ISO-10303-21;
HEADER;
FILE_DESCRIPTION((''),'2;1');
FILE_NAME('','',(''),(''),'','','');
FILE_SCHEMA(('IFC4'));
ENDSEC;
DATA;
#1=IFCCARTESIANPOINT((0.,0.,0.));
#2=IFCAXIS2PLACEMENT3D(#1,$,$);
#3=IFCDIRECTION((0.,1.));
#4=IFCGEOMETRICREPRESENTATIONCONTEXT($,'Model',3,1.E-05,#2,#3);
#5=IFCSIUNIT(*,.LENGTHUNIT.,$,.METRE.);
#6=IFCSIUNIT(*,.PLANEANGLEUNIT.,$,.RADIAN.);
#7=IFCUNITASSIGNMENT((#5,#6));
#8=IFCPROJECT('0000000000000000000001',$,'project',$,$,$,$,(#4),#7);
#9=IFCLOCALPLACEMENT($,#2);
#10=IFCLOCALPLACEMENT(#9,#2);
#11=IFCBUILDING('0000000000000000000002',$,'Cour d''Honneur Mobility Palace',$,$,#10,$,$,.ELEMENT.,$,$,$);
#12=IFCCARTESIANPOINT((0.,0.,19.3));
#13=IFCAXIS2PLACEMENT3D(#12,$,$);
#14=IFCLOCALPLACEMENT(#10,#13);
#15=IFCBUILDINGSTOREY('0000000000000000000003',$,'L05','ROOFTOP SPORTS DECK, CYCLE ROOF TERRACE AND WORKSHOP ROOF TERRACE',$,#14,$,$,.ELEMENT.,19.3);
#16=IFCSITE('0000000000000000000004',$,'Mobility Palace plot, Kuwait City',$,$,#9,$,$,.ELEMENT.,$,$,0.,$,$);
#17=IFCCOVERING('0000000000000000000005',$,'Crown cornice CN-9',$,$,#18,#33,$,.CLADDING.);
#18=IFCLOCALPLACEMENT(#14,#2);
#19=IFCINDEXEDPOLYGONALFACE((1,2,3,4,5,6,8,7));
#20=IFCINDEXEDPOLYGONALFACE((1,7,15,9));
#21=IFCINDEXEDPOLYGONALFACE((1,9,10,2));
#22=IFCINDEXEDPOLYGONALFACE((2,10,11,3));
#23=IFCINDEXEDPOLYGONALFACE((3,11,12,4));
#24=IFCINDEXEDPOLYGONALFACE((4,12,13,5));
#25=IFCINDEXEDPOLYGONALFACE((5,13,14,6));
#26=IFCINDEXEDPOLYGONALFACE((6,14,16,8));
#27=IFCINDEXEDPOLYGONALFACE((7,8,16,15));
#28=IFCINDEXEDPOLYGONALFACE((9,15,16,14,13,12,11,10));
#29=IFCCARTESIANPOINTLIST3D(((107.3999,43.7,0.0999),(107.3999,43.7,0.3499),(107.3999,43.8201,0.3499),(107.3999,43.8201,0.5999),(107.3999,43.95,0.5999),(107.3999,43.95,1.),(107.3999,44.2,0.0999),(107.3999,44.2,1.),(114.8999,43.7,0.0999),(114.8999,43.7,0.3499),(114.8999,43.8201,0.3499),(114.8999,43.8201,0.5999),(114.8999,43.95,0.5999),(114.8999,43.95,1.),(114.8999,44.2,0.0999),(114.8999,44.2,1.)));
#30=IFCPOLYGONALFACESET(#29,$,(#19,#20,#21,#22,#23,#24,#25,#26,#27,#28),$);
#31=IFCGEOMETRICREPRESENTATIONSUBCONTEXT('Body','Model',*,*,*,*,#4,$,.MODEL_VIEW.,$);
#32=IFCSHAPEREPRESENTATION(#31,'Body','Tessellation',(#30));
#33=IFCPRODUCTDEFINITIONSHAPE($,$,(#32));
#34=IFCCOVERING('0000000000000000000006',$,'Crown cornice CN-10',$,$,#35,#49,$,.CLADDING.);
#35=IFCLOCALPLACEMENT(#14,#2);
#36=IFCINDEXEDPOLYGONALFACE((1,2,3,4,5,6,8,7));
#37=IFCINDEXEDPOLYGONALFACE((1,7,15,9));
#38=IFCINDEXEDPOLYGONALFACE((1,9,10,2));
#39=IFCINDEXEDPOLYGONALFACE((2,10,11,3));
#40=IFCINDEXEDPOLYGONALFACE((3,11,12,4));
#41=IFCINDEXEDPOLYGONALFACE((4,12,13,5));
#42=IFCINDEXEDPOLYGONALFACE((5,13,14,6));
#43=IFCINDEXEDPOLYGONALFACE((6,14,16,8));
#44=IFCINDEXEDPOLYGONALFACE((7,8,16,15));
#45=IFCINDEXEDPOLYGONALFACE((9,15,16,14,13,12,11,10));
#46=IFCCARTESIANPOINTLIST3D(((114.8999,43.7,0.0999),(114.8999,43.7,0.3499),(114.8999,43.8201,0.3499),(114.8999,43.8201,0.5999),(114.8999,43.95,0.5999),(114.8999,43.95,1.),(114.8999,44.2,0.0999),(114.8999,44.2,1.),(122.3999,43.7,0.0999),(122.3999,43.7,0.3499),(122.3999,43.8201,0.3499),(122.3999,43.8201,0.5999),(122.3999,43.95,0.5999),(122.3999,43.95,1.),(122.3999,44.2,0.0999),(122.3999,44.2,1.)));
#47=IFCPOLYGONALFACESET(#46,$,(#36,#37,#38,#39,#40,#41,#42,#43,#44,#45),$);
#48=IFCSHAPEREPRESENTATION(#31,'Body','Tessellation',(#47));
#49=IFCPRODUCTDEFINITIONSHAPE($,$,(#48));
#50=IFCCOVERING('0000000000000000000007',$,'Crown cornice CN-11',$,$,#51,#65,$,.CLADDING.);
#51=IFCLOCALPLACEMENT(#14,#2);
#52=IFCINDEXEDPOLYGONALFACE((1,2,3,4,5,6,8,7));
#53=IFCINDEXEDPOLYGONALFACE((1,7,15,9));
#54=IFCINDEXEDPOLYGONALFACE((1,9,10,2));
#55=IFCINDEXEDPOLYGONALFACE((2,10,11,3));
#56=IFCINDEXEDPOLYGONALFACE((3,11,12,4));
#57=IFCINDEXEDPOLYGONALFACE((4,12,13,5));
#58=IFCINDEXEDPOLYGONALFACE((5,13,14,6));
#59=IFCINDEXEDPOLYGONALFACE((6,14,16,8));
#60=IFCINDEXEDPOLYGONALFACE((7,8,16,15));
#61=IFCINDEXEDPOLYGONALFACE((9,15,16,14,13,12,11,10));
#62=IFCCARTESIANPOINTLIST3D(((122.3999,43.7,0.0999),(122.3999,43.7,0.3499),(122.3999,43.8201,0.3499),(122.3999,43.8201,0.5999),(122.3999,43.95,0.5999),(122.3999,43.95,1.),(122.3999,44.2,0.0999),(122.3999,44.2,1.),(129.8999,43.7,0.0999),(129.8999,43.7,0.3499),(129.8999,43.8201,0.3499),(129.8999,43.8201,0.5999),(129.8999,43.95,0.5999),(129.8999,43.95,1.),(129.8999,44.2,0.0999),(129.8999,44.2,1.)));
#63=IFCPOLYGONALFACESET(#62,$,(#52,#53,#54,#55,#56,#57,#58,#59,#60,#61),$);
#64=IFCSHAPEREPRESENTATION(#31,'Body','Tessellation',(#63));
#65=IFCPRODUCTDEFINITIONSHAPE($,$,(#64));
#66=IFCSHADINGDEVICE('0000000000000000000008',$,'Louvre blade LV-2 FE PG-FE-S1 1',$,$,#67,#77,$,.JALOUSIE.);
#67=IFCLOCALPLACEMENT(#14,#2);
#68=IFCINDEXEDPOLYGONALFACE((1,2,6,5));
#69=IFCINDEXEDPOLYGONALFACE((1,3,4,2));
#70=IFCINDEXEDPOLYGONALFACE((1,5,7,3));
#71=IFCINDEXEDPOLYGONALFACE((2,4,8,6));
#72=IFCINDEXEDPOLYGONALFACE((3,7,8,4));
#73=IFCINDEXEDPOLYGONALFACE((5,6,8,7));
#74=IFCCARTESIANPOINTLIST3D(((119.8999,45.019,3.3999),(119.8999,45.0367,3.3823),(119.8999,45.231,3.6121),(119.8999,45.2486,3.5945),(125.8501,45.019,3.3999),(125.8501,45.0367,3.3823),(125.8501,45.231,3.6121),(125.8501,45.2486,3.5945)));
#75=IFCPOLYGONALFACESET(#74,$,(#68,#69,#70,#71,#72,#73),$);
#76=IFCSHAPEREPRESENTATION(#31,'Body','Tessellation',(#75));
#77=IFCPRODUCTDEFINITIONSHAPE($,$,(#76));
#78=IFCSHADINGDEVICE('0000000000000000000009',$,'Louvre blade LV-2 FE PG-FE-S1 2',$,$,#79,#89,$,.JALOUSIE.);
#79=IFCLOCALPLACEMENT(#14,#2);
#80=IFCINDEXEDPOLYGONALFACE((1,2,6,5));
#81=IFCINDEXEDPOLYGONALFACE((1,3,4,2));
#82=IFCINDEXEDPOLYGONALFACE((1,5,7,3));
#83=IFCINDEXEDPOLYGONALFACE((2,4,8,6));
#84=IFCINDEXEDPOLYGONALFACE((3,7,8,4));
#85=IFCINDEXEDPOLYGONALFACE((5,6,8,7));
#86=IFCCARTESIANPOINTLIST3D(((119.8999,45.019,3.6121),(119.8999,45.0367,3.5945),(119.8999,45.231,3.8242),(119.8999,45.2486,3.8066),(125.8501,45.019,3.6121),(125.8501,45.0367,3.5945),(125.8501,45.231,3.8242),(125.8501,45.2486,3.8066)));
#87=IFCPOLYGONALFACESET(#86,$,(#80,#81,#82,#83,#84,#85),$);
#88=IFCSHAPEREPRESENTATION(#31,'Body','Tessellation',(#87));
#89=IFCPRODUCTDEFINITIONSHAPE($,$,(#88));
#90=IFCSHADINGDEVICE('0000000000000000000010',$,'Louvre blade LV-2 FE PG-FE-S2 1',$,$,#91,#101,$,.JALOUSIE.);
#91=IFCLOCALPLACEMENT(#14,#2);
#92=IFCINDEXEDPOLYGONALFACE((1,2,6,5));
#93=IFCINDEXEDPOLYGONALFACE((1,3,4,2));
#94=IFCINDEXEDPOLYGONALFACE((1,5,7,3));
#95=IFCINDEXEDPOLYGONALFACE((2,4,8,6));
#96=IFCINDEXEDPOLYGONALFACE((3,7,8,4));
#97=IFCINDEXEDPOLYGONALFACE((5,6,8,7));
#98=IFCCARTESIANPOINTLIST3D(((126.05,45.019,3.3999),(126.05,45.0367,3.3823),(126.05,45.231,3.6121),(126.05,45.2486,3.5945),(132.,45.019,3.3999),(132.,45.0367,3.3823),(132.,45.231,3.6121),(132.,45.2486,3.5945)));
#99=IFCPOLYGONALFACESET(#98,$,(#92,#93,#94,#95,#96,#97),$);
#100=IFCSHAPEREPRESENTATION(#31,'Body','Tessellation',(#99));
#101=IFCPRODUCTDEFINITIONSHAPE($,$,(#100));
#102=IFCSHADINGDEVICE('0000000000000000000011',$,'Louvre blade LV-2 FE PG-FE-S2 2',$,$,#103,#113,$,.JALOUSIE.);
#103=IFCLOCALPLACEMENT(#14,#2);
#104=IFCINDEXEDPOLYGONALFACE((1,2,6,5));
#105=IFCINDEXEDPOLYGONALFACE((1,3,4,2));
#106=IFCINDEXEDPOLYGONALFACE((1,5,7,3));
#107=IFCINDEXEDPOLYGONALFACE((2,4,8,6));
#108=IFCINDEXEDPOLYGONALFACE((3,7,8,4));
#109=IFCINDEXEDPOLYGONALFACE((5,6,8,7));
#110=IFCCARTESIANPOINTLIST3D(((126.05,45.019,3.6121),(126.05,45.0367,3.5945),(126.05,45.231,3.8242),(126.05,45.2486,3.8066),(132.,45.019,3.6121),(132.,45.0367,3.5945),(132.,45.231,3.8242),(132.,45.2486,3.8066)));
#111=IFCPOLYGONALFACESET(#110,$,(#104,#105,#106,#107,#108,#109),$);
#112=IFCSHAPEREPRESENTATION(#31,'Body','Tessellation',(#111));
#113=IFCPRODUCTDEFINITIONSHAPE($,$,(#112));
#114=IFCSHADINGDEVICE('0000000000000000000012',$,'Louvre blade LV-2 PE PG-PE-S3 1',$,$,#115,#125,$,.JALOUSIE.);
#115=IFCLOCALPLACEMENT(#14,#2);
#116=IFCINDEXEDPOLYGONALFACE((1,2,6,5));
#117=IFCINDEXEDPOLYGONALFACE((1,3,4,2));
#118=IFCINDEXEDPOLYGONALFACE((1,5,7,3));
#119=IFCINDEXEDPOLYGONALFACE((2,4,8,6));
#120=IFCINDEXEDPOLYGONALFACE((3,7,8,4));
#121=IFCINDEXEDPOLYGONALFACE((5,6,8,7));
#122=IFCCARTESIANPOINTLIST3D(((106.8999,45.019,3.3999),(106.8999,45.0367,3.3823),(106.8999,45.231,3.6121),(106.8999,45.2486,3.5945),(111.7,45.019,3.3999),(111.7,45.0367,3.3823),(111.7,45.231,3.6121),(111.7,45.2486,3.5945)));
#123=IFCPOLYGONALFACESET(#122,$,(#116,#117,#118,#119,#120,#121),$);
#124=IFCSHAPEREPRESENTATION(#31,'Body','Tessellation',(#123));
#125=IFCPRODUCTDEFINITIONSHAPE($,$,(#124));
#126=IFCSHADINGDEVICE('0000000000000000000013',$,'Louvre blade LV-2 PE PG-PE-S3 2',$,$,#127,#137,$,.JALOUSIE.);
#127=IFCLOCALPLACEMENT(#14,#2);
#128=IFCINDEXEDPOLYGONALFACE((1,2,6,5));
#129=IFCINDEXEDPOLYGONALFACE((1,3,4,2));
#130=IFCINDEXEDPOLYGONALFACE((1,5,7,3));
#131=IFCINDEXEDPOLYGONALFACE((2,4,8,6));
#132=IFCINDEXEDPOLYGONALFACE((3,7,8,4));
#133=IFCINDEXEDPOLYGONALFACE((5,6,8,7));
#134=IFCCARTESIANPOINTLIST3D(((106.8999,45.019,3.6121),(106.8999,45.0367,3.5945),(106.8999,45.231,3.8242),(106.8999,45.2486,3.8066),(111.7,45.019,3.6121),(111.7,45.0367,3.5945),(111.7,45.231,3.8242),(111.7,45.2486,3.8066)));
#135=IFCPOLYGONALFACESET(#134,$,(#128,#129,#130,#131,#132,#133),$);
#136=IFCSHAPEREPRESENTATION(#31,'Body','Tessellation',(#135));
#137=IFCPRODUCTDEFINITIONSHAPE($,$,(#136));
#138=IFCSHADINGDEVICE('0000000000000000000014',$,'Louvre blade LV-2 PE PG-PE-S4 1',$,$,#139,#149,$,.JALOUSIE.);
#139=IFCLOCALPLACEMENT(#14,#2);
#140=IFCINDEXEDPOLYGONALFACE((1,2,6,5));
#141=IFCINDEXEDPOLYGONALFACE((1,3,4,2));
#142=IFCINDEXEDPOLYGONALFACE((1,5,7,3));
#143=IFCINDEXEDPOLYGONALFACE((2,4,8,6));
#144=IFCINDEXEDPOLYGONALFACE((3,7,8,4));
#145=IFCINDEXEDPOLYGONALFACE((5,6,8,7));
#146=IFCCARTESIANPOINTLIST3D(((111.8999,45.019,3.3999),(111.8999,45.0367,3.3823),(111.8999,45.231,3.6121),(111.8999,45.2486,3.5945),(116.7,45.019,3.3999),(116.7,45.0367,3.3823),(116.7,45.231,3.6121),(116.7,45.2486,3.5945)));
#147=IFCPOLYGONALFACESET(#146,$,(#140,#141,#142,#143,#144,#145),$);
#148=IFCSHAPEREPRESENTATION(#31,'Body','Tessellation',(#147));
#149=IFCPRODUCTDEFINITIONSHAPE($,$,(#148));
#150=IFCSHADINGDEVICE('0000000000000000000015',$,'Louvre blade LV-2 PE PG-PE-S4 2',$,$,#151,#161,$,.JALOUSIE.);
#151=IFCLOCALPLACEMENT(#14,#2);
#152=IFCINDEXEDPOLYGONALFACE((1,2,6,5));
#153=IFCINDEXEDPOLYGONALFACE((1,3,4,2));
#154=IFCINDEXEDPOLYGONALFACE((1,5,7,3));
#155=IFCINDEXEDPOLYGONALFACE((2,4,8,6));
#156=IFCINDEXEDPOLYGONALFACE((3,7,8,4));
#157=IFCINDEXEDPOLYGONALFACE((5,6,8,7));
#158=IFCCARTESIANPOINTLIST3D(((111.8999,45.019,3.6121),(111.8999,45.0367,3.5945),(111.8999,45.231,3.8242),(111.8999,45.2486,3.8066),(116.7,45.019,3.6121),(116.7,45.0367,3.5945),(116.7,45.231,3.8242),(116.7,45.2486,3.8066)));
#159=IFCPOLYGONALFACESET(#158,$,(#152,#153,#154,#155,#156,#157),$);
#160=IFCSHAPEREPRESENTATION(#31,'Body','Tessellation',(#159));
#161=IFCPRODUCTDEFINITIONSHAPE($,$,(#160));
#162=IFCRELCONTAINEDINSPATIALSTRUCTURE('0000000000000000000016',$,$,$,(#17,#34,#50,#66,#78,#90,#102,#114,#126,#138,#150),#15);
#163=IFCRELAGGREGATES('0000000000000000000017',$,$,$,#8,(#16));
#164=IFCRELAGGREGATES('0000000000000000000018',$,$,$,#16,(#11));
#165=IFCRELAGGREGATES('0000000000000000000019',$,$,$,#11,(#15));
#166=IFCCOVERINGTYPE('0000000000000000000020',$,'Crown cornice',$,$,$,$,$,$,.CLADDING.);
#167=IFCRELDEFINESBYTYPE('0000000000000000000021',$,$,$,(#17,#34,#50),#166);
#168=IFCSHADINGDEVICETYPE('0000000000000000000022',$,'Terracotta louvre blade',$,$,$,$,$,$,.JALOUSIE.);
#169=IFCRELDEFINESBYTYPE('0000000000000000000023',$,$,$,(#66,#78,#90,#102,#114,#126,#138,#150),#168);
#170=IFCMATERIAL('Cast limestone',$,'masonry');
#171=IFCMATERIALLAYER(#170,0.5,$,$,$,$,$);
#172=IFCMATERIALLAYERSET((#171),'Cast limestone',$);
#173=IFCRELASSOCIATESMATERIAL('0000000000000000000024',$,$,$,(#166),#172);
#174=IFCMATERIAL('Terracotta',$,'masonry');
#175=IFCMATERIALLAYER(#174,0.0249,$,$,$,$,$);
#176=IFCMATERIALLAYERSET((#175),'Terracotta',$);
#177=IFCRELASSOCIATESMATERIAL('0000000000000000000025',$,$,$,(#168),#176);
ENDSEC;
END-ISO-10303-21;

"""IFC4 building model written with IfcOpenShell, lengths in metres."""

from ifc_helpers import new_model, si_unit, direction, frame, origin, place, context, subcontext, project, spatial, polyline, outline, extrude, material, layer, layer_set, type_object, element, save


model = new_model("IFC4")

# Units and contexts
model_context = context("Model", 3, precision=1e-05, world=origin(), true_north=direction((0.0, 1.0)))
body_context = subcontext(model_context, "Body", "Model", "MODEL_VIEW")
ifc_project = project(units=[si_unit("LENGTHUNIT", "METRE"), si_unit("PLANEANGLEUNIT", "RADIAN")], contexts=[model_context])

# Site, building, storey
site_placement = place(None, origin())
site = spatial("IfcSite", under=ifc_project, at=site_placement, Name="Mobility Palace plot, Kuwait City", CompositionType="ELEMENT", RefElevation=0.0)
building_placement = place(site_placement, origin())
building = spatial("IfcBuilding", under=site, at=building_placement, Name="Cour d'Honneur Mobility Palace", CompositionType="ELEMENT")
storey_placement = place(building_placement, frame((0.0, 0.0, 19.3)))
storey = spatial("IfcBuildingStorey", under=building, at=storey_placement, Name="L05", Description="ROOFTOP SPORTS DECK, CYCLE ROOF TERRACE AND WORKSHOP ROOF TERRACE", CompositionType="ELEMENT", Elevation=19.3)

# Coverings
ifc_material_1 = material(Name="Cast limestone", Category="masonry")
ifc_layer_1 = layer(ifc_material_1, 0.5)
ifc_layer_set_1 = layer_set([ifc_layer_1], Name="Cast limestone")
covering_type = type_object("IfcCoveringType", Name="Crown cornice", PredefinedType="CLADDING", material=ifc_layer_set_1)
for number, where, z_axis, x_axis, name in (
    (1, (107.3999, 44.2, 0.0999), (-1.0, 0.0, 0.0), (0.0, -1.0, 0.0), "Crown cornice CN-9"),
    (2, (114.8999, 44.2, 0.0999), (-1.0, 0.0, 0.0), (0.0, -1.0, 0.0), "Crown cornice CN-10"),
    (3, (122.3999, 44.2, 0.0999), (-1.0, 0.0, 0.0), (0.0, -1.0, 0.0), "Crown cornice CN-11"),
):
    element("IfcCovering", number, at=place(storey_placement, frame(where, z_axis=z_axis, x_axis=x_axis)), inside=storey, type_object=covering_type, Name=name, PredefinedType="CLADDING", context=body_context, shape_type="SweptSolid", body=[
        extrude(outline(polyline([(0.0, 0.0), (0.5, 0.0), (0.5, 0.25), (0.3799, 0.25), (0.3799, 0.5), (0.25, 0.5), (0.25, 0.9001), (0.0, 0.9001), (0.0, 0.0)])), origin(), (0.0, 0.0, -1.0), 7.5),
    ])

# Shading devices
ifc_material_2 = material(Name="Terracotta", Category="masonry")
ifc_layer_2 = layer(ifc_material_2, 0.0249)
ifc_layer_set_2 = layer_set([ifc_layer_2], Name="Terracotta")
shading_device_type = type_object("IfcShadingDeviceType", Name="Terracotta louvre blade", PredefinedType="JALOUSIE", material=ifc_layer_set_2)
for number, where, z_axis, x_axis, name in (
    (4, (119.8999, 45.019, 3.3999), (0.0, -0.707514, 0.7067), (1.0, 0.0, 0.0), "Louvre blade LV-2 FE PG-FE-S1 1"),
    (5, (119.8999, 45.019, 3.6121), (0.0, -0.707514, 0.7067), (1.0, 0.0, 0.0), "Louvre blade LV-2 FE PG-FE-S1 2"),
):
    element("IfcShadingDevice", number, at=place(storey_placement, frame(where, z_axis=z_axis, x_axis=x_axis)), inside=storey, type_object=shading_device_type, Name=name, PredefinedType="JALOUSIE", context=body_context, shape_type="SweptSolid", body=[
        extrude(outline(polyline([(0.0, 0.0), (5.9502, 0.0), (5.9502, 0.2999), (0.0, 0.2999), (0.0, 0.0)])), origin(), (0.0, 0.0, -1.0), 0.0249),
    ])
for number, where, z_axis, x_axis, name in (
    (6, (126.05, 45.019, 3.3999), (0.0, -0.707514, 0.7067), (1.0, 0.0, 0.0), "Louvre blade LV-2 FE PG-FE-S2 1"),
    (7, (126.05, 45.019, 3.6121), (0.0, -0.707514, 0.7067), (1.0, 0.0, 0.0), "Louvre blade LV-2 FE PG-FE-S2 2"),
):
    element("IfcShadingDevice", number, at=place(storey_placement, frame(where, z_axis=z_axis, x_axis=x_axis)), inside=storey, type_object=shading_device_type, Name=name, PredefinedType="JALOUSIE", context=body_context, shape_type="SweptSolid", body=[
        extrude(outline(polyline([(0.0, 0.0), (5.95, 0.0), (5.95, 0.2999), (0.0, 0.2999), (0.0, 0.0)])), origin(), (0.0, 0.0, -1.0), 0.0249),
    ])
for number, where, z_axis, x_axis, name in (
    (8, (106.8999, 45.019, 3.3999), (0.0, -0.707514, 0.7067), (1.0, 0.0, 0.0), "Louvre blade LV-2 PE PG-PE-S3 1"),
    (9, (106.8999, 45.019, 3.6121), (0.0, -0.707514, 0.7067), (1.0, 0.0, 0.0), "Louvre blade LV-2 PE PG-PE-S3 2"),
    (10, (111.8999, 45.019, 3.3999), (0.0, -0.707514, 0.7067), (1.0, 0.0, 0.0), "Louvre blade LV-2 PE PG-PE-S4 1"),
    (11, (111.8999, 45.019, 3.6121), (0.0, -0.707514, 0.7067), (1.0, 0.0, 0.0), "Louvre blade LV-2 PE PG-PE-S4 2"),
):
    element("IfcShadingDevice", number, at=place(storey_placement, frame(where, z_axis=z_axis, x_axis=x_axis)), inside=storey, type_object=shading_device_type, Name=name, PredefinedType="JALOUSIE", context=body_context, shape_type="SweptSolid", body=[
        extrude(outline(polyline([(0.0, 0.0), (4.8, 0.0), (4.8, 0.2999), (0.0, 0.2999), (0.0, 0.0)])), origin(), (0.0, 0.0, -1.0), 0.0249),
    ])

save(model, "model.ifc")
